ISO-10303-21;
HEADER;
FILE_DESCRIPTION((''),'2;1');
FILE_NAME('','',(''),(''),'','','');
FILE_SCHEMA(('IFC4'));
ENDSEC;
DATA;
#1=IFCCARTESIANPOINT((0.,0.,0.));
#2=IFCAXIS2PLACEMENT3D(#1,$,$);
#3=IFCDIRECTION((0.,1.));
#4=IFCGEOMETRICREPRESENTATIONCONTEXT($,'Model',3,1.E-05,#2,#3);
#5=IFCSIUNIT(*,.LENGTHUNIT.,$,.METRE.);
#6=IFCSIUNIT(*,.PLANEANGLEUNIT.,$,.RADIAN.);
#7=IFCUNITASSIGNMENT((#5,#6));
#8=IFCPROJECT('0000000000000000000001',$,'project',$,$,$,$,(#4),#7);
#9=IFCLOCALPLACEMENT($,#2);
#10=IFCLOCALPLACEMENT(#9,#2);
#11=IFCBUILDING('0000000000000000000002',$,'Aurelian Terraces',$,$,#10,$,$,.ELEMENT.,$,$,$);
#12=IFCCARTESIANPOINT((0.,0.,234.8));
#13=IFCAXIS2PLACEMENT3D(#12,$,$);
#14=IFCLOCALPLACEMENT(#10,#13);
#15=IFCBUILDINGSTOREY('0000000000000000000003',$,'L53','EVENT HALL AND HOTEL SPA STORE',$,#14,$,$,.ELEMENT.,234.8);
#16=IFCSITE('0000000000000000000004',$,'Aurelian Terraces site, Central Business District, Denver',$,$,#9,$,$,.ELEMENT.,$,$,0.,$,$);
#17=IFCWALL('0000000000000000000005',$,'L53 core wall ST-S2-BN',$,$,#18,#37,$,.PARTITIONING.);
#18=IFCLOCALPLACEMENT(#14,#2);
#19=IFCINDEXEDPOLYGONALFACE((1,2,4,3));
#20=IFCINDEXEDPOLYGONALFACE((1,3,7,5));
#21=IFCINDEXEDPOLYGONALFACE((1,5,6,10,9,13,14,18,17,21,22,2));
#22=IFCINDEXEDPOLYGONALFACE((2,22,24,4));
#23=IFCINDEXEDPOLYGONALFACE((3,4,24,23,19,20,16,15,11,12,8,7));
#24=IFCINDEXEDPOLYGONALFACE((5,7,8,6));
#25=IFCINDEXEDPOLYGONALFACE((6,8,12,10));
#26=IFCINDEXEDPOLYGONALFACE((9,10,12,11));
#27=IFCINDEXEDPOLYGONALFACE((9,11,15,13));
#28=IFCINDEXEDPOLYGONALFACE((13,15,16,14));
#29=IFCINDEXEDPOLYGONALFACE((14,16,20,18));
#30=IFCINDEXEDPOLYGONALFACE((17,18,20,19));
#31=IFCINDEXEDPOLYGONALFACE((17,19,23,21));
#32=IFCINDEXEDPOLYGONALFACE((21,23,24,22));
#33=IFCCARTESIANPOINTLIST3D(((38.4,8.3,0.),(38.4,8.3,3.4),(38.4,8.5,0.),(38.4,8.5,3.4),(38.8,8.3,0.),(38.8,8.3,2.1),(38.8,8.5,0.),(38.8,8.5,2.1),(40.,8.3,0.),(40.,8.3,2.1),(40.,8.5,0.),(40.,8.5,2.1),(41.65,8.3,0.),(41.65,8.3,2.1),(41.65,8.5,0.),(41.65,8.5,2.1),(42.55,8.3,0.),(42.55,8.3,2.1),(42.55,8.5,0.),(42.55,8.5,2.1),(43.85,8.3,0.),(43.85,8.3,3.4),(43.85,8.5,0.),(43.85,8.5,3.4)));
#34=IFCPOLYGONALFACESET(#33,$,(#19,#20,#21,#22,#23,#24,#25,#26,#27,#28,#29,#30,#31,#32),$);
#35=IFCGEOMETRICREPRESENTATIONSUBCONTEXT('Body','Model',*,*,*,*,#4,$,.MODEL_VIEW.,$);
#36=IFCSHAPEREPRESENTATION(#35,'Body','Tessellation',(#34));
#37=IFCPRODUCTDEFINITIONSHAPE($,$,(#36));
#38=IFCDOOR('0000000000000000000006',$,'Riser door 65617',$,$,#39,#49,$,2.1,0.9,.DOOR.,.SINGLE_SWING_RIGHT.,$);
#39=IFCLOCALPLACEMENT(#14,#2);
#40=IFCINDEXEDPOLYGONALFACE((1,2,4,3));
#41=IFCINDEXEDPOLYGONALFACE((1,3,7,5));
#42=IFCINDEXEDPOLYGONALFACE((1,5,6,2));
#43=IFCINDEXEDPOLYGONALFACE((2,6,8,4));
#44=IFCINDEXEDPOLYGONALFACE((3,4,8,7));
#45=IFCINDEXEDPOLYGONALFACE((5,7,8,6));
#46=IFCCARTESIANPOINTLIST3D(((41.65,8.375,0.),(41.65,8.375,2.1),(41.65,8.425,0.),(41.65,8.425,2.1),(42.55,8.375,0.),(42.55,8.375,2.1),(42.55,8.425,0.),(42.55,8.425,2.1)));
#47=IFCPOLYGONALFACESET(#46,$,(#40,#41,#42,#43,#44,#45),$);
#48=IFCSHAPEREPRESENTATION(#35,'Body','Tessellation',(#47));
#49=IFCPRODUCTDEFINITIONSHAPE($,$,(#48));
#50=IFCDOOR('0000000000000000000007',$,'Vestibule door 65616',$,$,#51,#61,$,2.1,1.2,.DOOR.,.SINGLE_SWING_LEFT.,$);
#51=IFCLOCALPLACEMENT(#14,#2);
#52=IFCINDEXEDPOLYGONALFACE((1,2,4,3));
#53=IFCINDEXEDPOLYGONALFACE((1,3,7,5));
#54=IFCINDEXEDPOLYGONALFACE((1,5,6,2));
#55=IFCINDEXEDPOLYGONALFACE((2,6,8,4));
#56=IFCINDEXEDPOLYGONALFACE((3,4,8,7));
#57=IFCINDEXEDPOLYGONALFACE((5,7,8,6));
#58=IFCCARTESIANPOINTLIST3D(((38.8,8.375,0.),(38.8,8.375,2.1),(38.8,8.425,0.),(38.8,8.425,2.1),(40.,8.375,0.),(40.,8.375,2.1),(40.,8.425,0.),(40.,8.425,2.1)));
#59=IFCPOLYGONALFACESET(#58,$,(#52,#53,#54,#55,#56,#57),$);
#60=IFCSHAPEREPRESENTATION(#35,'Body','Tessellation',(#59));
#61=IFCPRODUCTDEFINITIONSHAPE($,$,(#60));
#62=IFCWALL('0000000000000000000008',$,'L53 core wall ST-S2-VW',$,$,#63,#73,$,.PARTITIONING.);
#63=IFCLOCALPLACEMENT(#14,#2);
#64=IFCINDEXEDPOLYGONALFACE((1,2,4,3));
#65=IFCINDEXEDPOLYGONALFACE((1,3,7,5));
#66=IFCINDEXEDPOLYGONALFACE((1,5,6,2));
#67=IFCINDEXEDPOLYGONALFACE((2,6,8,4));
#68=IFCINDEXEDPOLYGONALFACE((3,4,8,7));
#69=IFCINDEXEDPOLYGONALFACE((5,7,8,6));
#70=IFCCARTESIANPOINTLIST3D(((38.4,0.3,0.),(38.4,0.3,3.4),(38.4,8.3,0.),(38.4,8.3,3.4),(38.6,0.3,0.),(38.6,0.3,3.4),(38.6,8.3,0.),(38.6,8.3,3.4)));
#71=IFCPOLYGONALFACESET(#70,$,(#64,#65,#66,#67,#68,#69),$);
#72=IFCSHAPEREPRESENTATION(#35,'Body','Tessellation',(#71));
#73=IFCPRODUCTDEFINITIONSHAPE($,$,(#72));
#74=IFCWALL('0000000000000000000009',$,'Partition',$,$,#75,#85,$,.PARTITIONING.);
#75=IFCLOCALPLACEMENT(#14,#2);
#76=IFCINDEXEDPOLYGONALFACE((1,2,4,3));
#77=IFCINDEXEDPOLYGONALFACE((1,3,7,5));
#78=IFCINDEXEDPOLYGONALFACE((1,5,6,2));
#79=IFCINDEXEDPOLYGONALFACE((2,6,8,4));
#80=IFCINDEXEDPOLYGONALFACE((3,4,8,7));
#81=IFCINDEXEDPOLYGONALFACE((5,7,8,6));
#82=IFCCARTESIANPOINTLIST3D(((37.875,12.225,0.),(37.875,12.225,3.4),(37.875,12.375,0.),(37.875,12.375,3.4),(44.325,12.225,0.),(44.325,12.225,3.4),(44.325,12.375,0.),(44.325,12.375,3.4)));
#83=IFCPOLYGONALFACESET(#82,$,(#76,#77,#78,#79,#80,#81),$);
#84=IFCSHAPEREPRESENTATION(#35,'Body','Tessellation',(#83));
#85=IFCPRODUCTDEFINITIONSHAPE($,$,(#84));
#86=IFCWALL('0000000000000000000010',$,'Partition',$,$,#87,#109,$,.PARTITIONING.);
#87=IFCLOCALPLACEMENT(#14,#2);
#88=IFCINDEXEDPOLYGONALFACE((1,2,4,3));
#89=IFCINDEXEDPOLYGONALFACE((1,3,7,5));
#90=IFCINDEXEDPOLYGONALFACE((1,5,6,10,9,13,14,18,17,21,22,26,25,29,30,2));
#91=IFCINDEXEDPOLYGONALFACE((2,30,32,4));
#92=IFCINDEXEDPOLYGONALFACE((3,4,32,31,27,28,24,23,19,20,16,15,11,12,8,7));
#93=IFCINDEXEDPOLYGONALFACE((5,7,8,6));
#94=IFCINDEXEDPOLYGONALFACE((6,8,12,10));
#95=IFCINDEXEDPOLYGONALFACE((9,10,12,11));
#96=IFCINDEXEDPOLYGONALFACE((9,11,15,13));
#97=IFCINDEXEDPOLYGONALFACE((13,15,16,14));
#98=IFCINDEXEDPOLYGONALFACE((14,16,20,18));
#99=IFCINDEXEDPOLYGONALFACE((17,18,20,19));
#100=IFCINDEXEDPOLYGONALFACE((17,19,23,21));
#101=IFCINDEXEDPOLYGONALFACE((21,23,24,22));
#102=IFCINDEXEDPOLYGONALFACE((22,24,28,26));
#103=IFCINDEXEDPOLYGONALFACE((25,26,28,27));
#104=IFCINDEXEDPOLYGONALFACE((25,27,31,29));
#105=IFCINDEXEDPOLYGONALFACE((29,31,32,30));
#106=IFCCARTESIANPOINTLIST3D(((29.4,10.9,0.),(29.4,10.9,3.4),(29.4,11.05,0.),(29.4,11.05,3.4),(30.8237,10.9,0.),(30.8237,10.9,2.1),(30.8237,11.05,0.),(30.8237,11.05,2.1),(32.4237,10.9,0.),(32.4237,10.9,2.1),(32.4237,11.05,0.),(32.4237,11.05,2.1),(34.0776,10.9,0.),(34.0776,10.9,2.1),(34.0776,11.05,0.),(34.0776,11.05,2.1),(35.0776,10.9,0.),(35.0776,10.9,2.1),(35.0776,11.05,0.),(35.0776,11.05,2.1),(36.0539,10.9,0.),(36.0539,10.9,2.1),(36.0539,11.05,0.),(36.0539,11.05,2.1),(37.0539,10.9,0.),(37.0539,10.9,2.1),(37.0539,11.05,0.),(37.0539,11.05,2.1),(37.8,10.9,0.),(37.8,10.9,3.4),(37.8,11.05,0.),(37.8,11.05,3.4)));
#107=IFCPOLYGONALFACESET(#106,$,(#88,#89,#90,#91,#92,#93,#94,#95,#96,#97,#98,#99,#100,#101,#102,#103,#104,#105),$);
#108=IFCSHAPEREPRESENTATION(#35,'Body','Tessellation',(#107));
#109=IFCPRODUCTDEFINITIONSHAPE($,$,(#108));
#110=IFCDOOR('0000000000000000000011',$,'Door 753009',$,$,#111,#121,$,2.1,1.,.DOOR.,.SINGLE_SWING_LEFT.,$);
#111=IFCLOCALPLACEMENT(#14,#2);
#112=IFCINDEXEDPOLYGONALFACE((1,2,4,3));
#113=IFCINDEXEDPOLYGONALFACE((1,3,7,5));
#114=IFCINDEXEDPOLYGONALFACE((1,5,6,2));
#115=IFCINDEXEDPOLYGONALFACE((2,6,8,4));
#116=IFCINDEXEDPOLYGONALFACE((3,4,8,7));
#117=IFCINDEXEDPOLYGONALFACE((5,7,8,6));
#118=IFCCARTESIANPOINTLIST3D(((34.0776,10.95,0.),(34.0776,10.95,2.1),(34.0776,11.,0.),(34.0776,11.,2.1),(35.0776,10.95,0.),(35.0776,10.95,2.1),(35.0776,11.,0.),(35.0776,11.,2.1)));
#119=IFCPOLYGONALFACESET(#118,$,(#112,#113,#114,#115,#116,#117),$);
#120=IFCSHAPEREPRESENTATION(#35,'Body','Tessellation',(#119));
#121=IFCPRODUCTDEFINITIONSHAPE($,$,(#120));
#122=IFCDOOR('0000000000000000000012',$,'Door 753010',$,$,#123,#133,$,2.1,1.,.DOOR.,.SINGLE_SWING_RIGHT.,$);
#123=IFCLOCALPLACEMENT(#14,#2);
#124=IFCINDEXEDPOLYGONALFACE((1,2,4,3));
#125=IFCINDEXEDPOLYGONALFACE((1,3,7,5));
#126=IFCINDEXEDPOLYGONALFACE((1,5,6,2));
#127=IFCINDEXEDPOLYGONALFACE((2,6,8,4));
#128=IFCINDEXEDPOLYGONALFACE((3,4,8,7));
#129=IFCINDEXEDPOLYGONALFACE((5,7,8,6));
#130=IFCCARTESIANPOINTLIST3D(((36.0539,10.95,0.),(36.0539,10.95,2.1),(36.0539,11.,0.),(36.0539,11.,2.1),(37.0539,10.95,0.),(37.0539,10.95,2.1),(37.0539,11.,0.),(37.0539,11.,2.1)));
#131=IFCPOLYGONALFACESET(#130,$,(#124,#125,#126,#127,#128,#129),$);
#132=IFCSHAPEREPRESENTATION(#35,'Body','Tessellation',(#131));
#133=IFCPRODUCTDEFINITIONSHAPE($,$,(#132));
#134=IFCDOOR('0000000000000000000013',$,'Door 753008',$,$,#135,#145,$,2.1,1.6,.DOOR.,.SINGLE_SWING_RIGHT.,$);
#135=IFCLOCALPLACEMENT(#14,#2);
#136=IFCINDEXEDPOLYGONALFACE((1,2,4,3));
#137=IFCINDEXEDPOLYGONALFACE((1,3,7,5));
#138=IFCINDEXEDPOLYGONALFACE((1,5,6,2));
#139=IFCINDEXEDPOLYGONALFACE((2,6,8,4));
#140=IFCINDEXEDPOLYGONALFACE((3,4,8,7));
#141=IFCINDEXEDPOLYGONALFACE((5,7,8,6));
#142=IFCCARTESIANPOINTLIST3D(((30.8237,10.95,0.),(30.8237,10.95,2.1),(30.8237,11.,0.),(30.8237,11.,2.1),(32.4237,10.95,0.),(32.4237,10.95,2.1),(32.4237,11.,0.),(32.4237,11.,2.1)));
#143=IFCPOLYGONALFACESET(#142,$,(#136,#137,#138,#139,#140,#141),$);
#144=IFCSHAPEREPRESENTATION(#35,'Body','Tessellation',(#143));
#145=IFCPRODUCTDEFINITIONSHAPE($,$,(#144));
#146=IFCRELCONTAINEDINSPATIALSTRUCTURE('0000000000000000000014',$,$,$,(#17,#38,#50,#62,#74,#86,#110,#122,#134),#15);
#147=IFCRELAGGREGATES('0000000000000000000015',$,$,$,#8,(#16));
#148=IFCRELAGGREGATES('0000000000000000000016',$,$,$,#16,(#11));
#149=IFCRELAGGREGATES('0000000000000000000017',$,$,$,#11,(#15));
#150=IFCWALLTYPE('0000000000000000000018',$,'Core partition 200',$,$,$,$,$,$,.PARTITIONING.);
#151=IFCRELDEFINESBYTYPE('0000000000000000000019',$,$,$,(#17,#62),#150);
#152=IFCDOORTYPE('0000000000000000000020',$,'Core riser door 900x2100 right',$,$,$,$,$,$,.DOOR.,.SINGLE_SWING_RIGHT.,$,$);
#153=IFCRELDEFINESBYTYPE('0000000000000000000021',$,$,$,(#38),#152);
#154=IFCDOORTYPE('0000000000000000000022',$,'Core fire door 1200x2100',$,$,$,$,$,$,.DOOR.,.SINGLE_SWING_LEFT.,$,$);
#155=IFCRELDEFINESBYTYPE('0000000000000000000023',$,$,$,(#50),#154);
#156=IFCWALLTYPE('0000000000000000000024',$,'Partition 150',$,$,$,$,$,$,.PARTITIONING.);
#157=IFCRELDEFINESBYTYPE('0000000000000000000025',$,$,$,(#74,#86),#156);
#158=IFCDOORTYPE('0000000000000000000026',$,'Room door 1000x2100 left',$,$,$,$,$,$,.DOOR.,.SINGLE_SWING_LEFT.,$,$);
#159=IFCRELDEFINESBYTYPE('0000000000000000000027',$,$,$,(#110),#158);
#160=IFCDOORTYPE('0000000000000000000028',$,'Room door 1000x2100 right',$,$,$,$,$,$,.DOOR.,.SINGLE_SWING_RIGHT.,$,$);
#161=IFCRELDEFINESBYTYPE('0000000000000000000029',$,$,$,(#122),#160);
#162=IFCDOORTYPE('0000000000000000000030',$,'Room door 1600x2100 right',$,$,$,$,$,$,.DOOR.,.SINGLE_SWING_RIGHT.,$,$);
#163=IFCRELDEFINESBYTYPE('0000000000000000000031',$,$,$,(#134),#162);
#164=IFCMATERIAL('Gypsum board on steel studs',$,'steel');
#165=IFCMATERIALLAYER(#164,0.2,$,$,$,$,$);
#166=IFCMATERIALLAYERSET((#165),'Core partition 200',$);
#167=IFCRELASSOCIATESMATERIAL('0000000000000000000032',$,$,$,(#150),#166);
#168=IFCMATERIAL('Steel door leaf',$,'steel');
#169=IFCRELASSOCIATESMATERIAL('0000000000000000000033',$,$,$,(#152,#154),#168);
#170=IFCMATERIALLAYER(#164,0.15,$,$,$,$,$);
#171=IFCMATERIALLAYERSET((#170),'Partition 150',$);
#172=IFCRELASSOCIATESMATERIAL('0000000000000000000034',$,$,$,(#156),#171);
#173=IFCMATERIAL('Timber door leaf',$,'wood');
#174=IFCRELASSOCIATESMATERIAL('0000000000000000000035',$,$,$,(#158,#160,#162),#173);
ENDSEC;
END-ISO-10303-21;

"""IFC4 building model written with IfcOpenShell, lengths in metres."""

from ifc_helpers import new_model, si_unit, direction, frame, frame_2d, origin, place, context, subcontext, project, spatial, rectangle, extrude, source, transform, mapped, material, layer, layer_set, type_object, element, fill, save


model = new_model("IFC4")

# Units and contexts
model_context = context("Model", 3, precision=1e-05, world=origin(), true_north=direction((0.0, 1.0)))
body_context = subcontext(model_context, "Body", "Model", "MODEL_VIEW")
ifc_project = project(units=[si_unit("LENGTHUNIT", "METRE"), si_unit("PLANEANGLEUNIT", "RADIAN")], contexts=[model_context])

# Site, building, storey
site_placement = place(None, origin())
site = spatial("IfcSite", under=ifc_project, at=site_placement, Name="Aurelian Terraces site, Central Business District, Denver", CompositionType="ELEMENT", RefElevation=0.0)
building_placement = place(site_placement, origin())
building = spatial("IfcBuilding", under=site, at=building_placement, Name="Aurelian Terraces", CompositionType="ELEMENT")
storey_placement = place(building_placement, frame((0.0, 0.0, 234.8)))
storey = spatial("IfcBuildingStorey", under=building, at=storey_placement, Name="L53", Description="EVENT HALL AND HOTEL SPA STORE", CompositionType="ELEMENT", Elevation=234.8)

# Wall, openings, doors
ifc_material_1 = material(Name="Gypsum board on steel studs", Category="steel")
ifc_layer_1 = layer(ifc_material_1, 0.2)
ifc_layer_set_1 = layer_set([ifc_layer_1], Name="Core partition 200")
wall_type_1 = type_object("IfcWallType", Name="Core partition 200", PredefinedType="PARTITIONING", material=ifc_layer_set_1)
shared_shape_1 = source(origin(), body_context, "Body", "SweptSolid", [
    extrude(rectangle(XDim=5.45, YDim=0.2, at=frame_2d((2.725, 0.0))), origin(), (0.0, 0.0, 1.0), 3.4),
])
wall_1_placement = place(storey_placement, frame((38.4, 8.4, 0.0), z_axis=(0.0, 0.0, 1.0), x_axis=(1.0, 0.0, 0.0)))
wall_1 = element("IfcWall", 1, at=wall_1_placement, inside=storey, type_object=wall_type_1, Name="L53 core wall ST-S2-BN", PredefinedType="PARTITIONING", context=body_context, shape_type="MappedRepresentation", body=[
    mapped(shared_shape_1, transform((0.0, 0.0, 0.0), scale=1.0)),
])
shared_shape_2 = source(origin(), body_context, "Body", "SweptSolid", [
    extrude(rectangle(XDim=1.2, YDim=2.1, at=frame_2d((0.6, 1.05))), frame((0.0, 0.11, 0.0), z_axis=(0.0, -1.0, 0.0), x_axis=(1.0, 0.0, 0.0)), (0.0, 0.0, 1.0), 0.22),
])
opening_1_placement = place(wall_1_placement, frame((0.4, 0.0, 0.0)))
opening_1 = element("IfcOpeningElement", 2, at=opening_1_placement, cuts=wall_1, PredefinedType="OPENING", context=body_context, shape_type="MappedRepresentation", body=[
    mapped(shared_shape_2, transform((0.0, 0.0, 0.0), scale=1.0)),
])
shared_shape_3 = source(origin(), body_context, "Body", "SweptSolid", [
    extrude(rectangle(XDim=0.9, YDim=2.1, at=frame_2d((0.45, 1.05))), frame((0.0, 0.11, 0.0), z_axis=(0.0, -1.0, 0.0), x_axis=(1.0, 0.0, 0.0)), (0.0, 0.0, 1.0), 0.22),
])
opening_2_placement = place(wall_1_placement, frame((3.25, 0.0, 0.0)))
opening_2 = element("IfcOpeningElement", 3, at=opening_2_placement, cuts=wall_1, PredefinedType="OPENING", context=body_context, shape_type="MappedRepresentation", body=[
    mapped(shared_shape_3, transform((0.0, 0.0, 0.0), scale=1.0)),
])
ifc_material_2 = material(Name="Steel door leaf", Category="steel")
door_type_1 = type_object("IfcDoorType", Name="Core riser door 900x2100 right", OperationType="SINGLE_SWING_RIGHT", PredefinedType="DOOR", material=ifc_material_2)
shared_shape_4 = source(origin(), body_context, "Body", "SweptSolid", [
    extrude(rectangle(XDim=0.9, YDim=2.1, at=frame_2d((0.45, 1.05))), frame((0.0, 0.025, 0.0), z_axis=(0.0, -1.0, 0.0), x_axis=(1.0, 0.0, 0.0)), (0.0, 0.0, 1.0), 0.05),
])
door_1_placement = place(opening_2_placement, origin())
door_1 = element("IfcDoor", 4, at=door_1_placement, inside=storey, type_object=door_type_1, Name="Riser door 65617", OperationType="SINGLE_SWING_RIGHT", OverallHeight=2.1, OverallWidth=0.9, PredefinedType="DOOR", context=body_context, shape_type="MappedRepresentation", body=[
    mapped(shared_shape_4, transform((0.0, 0.0, 0.0), scale=1.0)),
])
fill(opening_2, door_1)
door_type_2 = type_object("IfcDoorType", Name="Core fire door 1200x2100", OperationType="SINGLE_SWING_LEFT", PredefinedType="DOOR", material=ifc_material_2)
shared_shape_5 = source(origin(), body_context, "Body", "SweptSolid", [
    extrude(rectangle(XDim=1.2, YDim=2.1, at=frame_2d((0.6, 1.05))), frame((0.0, 0.025, 0.0), z_axis=(0.0, -1.0, 0.0), x_axis=(1.0, 0.0, 0.0)), (0.0, 0.0, 1.0), 0.05),
])
door_2_placement = place(opening_1_placement, origin())
door_2 = element("IfcDoor", 5, at=door_2_placement, inside=storey, type_object=door_type_2, Name="Vestibule door 65616", OperationType="SINGLE_SWING_LEFT", OverallHeight=2.1, OverallWidth=1.2, PredefinedType="DOOR", context=body_context, shape_type="MappedRepresentation", body=[
    mapped(shared_shape_5, transform((0.0, 0.0, 0.0), scale=1.0)),
])
fill(opening_1, door_2)

# Walls
shared_shape_6 = source(origin(), body_context, "Body", "SweptSolid", [
    extrude(rectangle(XDim=8.0, YDim=0.2, at=frame_2d((4.0, 0.0))), origin(), (0.0, 0.0, 1.0), 3.4),
])
wall_2_placement = place(storey_placement, frame((38.5, 0.3, 0.0), z_axis=(0.0, 0.0, 1.0), x_axis=(0.0, 1.0, 0.0)))
element("IfcWall", 6, at=wall_2_placement, inside=storey, type_object=wall_type_1, Name="L53 core wall ST-S2-VW", PredefinedType="PARTITIONING", context=body_context, shape_type="MappedRepresentation", body=[
    mapped(shared_shape_6, transform((0.0, 0.0, 0.0), scale=1.0)),
])
ifc_layer_2 = layer(ifc_material_1, 0.15)
ifc_layer_set_2 = layer_set([ifc_layer_2], Name="Partition 150")
wall_type_2 = type_object("IfcWallType", Name="Partition 150", PredefinedType="PARTITIONING", material=ifc_layer_set_2)
shared_shape_7 = source(origin(), body_context, "Body", "SweptSolid", [
    extrude(rectangle(XDim=6.45, YDim=0.15, at=frame_2d((3.225, 0.0))), origin(), (0.0, 0.0, 1.0), 3.4),
])
wall_3_placement = place(storey_placement, frame((37.875, 12.3, 0.0), z_axis=(0.0, 0.0, 1.0), x_axis=(1.0, 0.0, 0.0)))
element("IfcWall", 7, at=wall_3_placement, inside=storey, type_object=wall_type_2, Name="Partition", PredefinedType="PARTITIONING", context=body_context, shape_type="MappedRepresentation", body=[
    mapped(shared_shape_7, transform((0.0, 0.0, 0.0), scale=1.0)),
])

# Wall, openings, doors
shared_shape_8 = source(origin(), body_context, "Body", "SweptSolid", [
    extrude(rectangle(XDim=8.4, YDim=0.15, at=frame_2d((4.2, 0.0))), origin(), (0.0, 0.0, 1.0), 3.4),
])
wall_4_placement = place(storey_placement, frame((37.8, 10.975, 0.0), z_axis=(0.0, 0.0, 1.0), x_axis=(-1.0, 0.0, 0.0)))
wall_4 = element("IfcWall", 8, at=wall_4_placement, inside=storey, type_object=wall_type_2, Name="Partition", PredefinedType="PARTITIONING", context=body_context, shape_type="MappedRepresentation", body=[
    mapped(shared_shape_8, transform((0.0, 0.0, 0.0), scale=1.0)),
])
shared_shape_9 = source(origin(), body_context, "Body", "SweptSolid", [
    extrude(rectangle(XDim=1.6, YDim=2.1, at=frame_2d((0.8, 1.05))), frame((0.0, 0.085, 0.0), z_axis=(0.0, -1.0, 0.0), x_axis=(1.0, 0.0, 0.0)), (0.0, 0.0, 1.0), 0.17),
])
opening_3_placement = place(wall_4_placement, frame((5.3763, 0.0, 0.0)))
opening_3 = element("IfcOpeningElement", 9, at=opening_3_placement, cuts=wall_4, PredefinedType="OPENING", context=body_context, shape_type="MappedRepresentation", body=[
    mapped(shared_shape_9, transform((0.0, 0.0, 0.0), scale=1.0)),
])
shared_shape_10 = source(origin(), body_context, "Body", "SweptSolid", [
    extrude(rectangle(XDim=1.0, YDim=2.1, at=frame_2d((0.5, 1.05))), frame((0.0, 0.085, 0.0), z_axis=(0.0, -1.0, 0.0), x_axis=(1.0, 0.0, 0.0)), (0.0, 0.0, 1.0), 0.17),
])
opening_4_placement = place(wall_4_placement, frame((2.7224, 0.0, 0.0)))
opening_4 = element("IfcOpeningElement", 10, at=opening_4_placement, cuts=wall_4, PredefinedType="OPENING", context=body_context, shape_type="MappedRepresentation", body=[
    mapped(shared_shape_10, transform((0.0, 0.0, 0.0), scale=1.0)),
])
opening_5_placement = place(wall_4_placement, frame((0.7461, 0.0, 0.0)))
opening_5 = element("IfcOpeningElement", 11, at=opening_5_placement, cuts=wall_4, PredefinedType="OPENING", context=body_context, shape_type="MappedRepresentation", body=[
    mapped(shared_shape_10, transform((0.0, 0.0, 0.0), scale=1.0)),
])
ifc_material_3 = material(Name="Timber door leaf", Category="wood")
door_type_3 = type_object("IfcDoorType", Name="Room door 1000x2100 left", OperationType="SINGLE_SWING_LEFT", PredefinedType="DOOR", material=ifc_material_3)
shared_shape_11 = source(origin(), body_context, "Body", "SweptSolid", [
    extrude(rectangle(XDim=1.0, YDim=2.1, at=frame_2d((0.5, 1.05))), frame((0.0, 0.025, 0.0), z_axis=(0.0, -1.0, 0.0), x_axis=(1.0, 0.0, 0.0)), (0.0, 0.0, 1.0), 0.05),
])
door_3_placement = place(opening_4_placement, origin())
door_3 = element("IfcDoor", 12, at=door_3_placement, inside=storey, type_object=door_type_3, Name="Door 753009", OperationType="SINGLE_SWING_LEFT", OverallHeight=2.1, OverallWidth=1.0, PredefinedType="DOOR", context=body_context, shape_type="MappedRepresentation", body=[
    mapped(shared_shape_11, transform((0.0, 0.0, 0.0), scale=1.0)),
])
fill(opening_4, door_3)
door_type_4 = type_object("IfcDoorType", Name="Room door 1000x2100 right", OperationType="SINGLE_SWING_RIGHT", PredefinedType="DOOR", material=ifc_material_3)
door_4_placement = place(opening_5_placement, origin())
door_4 = element("IfcDoor", 13, at=door_4_placement, inside=storey, type_object=door_type_4, Name="Door 753010", OperationType="SINGLE_SWING_RIGHT", OverallHeight=2.1, OverallWidth=1.0, PredefinedType="DOOR", context=body_context, shape_type="MappedRepresentation", body=[
    mapped(shared_shape_11, transform((0.0, 0.0, 0.0), scale=1.0)),
])
fill(opening_5, door_4)
door_type_5 = type_object("IfcDoorType", Name="Room door 1600x2100 right", OperationType="SINGLE_SWING_RIGHT", PredefinedType="DOOR", material=ifc_material_3)
shared_shape_12 = source(origin(), body_context, "Body", "SweptSolid", [
    extrude(rectangle(XDim=1.6, YDim=2.1, at=frame_2d((0.8, 1.05))), frame((0.0, 0.025, 0.0), z_axis=(0.0, -1.0, 0.0), x_axis=(1.0, 0.0, 0.0)), (0.0, 0.0, 1.0), 0.05),
])
door_5_placement = place(opening_3_placement, origin())
door_5 = element("IfcDoor", 14, at=door_5_placement, inside=storey, type_object=door_type_5, Name="Door 753008", OperationType="SINGLE_SWING_RIGHT", OverallHeight=2.1, OverallWidth=1.6, PredefinedType="DOOR", context=body_context, shape_type="MappedRepresentation", body=[
    mapped(shared_shape_12, transform((0.0, 0.0, 0.0), scale=1.0)),
])
fill(opening_3, door_5)

save(model, "model.ifc")
